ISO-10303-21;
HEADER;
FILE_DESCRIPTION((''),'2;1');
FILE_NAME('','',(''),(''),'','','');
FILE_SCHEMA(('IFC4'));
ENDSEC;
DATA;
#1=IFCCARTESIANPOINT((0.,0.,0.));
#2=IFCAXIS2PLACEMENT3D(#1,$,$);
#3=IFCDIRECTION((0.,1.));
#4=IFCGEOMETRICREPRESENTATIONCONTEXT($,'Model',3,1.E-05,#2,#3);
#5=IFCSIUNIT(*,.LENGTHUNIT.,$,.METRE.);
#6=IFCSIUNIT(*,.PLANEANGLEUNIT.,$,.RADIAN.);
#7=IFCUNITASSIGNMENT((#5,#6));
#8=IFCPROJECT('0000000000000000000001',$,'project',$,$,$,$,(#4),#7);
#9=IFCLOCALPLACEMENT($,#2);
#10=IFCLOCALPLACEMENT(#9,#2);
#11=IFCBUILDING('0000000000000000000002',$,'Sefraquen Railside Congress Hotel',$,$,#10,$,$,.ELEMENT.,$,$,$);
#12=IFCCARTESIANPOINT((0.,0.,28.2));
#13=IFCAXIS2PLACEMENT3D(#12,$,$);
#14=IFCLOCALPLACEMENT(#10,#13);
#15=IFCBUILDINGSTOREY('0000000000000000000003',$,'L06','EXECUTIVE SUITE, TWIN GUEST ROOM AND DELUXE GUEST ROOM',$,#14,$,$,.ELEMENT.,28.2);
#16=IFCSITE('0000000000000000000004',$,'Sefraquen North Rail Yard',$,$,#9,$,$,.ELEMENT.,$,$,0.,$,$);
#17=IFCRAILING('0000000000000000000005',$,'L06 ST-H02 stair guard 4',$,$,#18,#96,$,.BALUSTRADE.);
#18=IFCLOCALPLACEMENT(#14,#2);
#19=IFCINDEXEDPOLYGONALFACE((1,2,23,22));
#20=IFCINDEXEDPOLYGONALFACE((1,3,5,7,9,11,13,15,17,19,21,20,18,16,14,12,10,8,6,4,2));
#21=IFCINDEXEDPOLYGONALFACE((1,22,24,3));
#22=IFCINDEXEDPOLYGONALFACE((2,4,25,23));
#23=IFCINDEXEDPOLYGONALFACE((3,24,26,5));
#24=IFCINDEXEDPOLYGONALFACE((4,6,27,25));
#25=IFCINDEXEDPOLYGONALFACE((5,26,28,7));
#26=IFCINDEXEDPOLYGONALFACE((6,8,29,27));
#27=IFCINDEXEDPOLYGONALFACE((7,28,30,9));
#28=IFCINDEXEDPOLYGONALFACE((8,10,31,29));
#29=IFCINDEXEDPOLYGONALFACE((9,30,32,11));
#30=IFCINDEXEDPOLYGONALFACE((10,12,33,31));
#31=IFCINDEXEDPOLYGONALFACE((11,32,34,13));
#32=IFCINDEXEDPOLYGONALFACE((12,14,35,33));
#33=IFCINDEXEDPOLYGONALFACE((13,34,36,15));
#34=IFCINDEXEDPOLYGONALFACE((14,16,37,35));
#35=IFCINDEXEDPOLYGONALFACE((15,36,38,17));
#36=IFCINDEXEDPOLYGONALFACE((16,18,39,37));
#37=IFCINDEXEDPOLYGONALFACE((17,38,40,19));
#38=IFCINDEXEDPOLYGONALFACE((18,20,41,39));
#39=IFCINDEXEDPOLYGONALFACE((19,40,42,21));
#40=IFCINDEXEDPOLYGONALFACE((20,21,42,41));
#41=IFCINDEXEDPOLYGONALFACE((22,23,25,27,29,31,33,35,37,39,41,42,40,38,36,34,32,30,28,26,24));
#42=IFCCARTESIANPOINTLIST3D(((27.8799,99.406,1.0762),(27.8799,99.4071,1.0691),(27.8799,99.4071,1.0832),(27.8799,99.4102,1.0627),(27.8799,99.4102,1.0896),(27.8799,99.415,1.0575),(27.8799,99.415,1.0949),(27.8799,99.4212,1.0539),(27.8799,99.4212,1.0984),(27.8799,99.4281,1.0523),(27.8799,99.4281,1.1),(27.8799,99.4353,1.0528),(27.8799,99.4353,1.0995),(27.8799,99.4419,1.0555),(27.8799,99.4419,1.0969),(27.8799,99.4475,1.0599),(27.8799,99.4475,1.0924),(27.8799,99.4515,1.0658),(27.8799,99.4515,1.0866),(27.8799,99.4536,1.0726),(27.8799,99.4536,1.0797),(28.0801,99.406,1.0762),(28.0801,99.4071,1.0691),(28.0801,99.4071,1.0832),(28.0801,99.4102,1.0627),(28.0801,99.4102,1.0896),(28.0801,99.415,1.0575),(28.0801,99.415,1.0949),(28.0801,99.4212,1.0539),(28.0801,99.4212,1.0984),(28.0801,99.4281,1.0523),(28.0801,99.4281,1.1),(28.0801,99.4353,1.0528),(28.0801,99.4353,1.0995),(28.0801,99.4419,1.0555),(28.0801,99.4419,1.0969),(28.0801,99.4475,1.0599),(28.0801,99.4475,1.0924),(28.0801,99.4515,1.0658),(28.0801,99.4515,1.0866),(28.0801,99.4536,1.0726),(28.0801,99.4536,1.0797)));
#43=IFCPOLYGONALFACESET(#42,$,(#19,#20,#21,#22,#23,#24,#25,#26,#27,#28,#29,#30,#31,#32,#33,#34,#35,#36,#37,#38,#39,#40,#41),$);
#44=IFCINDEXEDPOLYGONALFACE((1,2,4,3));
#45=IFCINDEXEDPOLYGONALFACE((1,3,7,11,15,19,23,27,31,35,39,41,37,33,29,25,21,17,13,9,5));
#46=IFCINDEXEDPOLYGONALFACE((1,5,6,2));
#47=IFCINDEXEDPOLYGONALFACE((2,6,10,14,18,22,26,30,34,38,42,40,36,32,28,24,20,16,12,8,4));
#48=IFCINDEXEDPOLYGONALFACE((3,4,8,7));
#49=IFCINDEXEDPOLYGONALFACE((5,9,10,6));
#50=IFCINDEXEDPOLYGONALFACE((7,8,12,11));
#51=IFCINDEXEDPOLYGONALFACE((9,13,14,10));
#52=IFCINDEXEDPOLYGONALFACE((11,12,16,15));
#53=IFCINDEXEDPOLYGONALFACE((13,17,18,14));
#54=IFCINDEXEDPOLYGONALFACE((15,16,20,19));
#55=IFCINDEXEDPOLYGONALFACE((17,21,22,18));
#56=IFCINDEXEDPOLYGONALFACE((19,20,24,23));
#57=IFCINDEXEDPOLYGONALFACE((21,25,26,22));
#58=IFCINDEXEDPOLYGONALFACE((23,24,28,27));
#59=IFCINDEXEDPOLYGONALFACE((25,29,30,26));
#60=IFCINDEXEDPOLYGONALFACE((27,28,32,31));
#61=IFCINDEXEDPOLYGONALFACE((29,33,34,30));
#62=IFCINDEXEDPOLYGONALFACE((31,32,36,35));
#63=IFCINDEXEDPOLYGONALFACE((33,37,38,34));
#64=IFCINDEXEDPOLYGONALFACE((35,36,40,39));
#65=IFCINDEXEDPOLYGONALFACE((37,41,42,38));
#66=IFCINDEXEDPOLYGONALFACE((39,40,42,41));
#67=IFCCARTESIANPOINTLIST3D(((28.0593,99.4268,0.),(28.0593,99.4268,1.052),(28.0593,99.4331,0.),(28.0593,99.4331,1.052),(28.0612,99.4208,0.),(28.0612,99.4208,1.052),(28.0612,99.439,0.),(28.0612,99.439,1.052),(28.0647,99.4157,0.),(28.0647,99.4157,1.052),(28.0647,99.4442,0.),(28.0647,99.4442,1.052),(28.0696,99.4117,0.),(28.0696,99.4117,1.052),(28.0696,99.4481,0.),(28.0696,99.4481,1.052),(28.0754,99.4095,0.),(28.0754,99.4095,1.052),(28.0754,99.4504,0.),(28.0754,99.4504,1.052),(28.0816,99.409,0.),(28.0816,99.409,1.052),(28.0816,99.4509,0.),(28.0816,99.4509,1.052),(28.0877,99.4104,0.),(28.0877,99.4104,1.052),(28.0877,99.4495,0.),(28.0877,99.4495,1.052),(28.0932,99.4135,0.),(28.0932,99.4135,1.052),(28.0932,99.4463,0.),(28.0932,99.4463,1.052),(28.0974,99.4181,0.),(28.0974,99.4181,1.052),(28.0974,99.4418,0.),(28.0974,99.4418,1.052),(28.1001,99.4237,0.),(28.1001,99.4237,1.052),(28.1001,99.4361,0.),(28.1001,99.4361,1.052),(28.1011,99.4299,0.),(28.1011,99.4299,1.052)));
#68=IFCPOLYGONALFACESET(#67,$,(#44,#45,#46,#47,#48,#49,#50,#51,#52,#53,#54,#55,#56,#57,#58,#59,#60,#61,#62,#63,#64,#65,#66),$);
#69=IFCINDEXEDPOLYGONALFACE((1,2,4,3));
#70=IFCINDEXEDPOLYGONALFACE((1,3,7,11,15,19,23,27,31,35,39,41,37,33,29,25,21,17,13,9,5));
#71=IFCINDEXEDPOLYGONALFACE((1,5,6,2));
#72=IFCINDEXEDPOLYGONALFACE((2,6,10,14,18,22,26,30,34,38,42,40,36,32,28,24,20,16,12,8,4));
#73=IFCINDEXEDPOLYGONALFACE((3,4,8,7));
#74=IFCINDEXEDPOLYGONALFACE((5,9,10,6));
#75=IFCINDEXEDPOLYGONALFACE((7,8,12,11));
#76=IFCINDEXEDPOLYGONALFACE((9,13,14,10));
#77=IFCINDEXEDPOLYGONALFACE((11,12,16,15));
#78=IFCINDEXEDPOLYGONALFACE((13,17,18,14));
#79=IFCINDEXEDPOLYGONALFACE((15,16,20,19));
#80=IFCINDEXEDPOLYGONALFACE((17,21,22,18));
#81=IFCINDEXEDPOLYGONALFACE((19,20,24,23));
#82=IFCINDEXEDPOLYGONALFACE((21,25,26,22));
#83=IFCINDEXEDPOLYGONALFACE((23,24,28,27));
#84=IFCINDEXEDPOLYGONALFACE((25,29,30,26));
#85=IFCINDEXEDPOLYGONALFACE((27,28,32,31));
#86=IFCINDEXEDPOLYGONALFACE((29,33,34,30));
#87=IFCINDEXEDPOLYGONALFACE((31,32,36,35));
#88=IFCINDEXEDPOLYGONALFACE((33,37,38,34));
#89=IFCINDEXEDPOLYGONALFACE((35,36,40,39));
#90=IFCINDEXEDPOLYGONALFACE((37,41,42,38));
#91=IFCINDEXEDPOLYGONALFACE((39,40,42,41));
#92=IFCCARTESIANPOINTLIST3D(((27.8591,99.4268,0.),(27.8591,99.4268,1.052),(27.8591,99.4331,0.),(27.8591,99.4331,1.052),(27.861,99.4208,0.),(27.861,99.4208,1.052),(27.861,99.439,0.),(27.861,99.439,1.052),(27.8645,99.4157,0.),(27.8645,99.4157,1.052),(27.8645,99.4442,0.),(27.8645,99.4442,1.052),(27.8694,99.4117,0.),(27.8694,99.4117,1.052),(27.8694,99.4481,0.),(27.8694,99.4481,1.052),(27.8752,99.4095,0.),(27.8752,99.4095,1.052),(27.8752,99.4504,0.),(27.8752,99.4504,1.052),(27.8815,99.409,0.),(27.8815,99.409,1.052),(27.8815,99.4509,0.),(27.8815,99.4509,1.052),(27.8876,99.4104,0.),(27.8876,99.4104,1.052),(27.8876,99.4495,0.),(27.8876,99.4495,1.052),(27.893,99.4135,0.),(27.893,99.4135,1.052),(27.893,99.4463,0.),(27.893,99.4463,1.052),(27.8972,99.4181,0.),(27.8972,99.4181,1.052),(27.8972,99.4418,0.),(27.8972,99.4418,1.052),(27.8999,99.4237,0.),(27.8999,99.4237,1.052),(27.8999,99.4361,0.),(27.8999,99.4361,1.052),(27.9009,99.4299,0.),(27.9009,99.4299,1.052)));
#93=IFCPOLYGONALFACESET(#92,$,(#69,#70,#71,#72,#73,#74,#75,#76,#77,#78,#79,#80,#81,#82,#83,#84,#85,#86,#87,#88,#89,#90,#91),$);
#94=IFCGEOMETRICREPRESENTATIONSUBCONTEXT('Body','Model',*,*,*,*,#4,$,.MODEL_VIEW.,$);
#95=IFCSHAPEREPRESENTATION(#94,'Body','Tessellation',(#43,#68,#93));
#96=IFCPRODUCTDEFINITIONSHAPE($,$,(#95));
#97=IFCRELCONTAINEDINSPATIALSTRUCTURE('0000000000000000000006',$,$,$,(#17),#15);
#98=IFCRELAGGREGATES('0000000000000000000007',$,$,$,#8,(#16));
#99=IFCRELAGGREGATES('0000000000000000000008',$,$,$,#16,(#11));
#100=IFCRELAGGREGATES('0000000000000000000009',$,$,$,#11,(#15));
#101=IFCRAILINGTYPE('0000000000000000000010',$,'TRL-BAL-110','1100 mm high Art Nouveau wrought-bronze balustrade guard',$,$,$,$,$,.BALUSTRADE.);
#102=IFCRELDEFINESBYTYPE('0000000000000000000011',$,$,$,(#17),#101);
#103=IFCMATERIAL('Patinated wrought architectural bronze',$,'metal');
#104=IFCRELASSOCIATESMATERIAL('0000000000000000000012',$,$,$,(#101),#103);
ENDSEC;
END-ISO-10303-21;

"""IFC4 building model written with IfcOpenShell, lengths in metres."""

from ifc_helpers import new_model, si_unit, direction, frame, origin, origin_2d, place, context, subcontext, project, spatial, circle, extrude, material, type_object, element, save


model = new_model("IFC4")

# Units and contexts
model_context = context("Model", 3, precision=1e-05, world=origin(), true_north=direction((0.0, 1.0)))
body_context = subcontext(model_context, "Body", "Model", "MODEL_VIEW")
ifc_project = project(units=[si_unit("LENGTHUNIT", "METRE"), si_unit("PLANEANGLEUNIT", "RADIAN")], contexts=[model_context])

# Site, building, storey
site_placement = place(None, origin())
site = spatial("IfcSite", under=ifc_project, at=site_placement, Name="Sefraquen North Rail Yard", CompositionType="ELEMENT", RefElevation=0.0)
building_placement = place(site_placement, origin())
building = spatial("IfcBuilding", under=site, at=building_placement, Name="Sefraquen Railside Congress Hotel", CompositionType="ELEMENT")
storey_placement = place(building_placement, frame((0.0, 0.0, 28.2)))
storey = spatial("IfcBuildingStorey", under=building, at=storey_placement, Name="L06", Description="EXECUTIVE SUITE, TWIN GUEST ROOM AND DELUXE GUEST ROOM", CompositionType="ELEMENT", Elevation=28.2)

# Railing
ifc_material_1 = material(Name="Patinated wrought architectural bronze", Category="metal")
railing_type_1 = type_object("IfcRailingType", Name="TRL-BAL-110", Description="1100 mm high Art Nouveau wrought-bronze balustrade guard", PredefinedType="BALUSTRADE", material=ifc_material_1)
railing_1_placement = place(storey_placement, frame((28.0801, 99.4299, 0.0)))
element("IfcRailing", 1, at=railing_1_placement, inside=storey, type_object=railing_type_1, Name="L06 ST-H02 stair guard 4", PredefinedType="BALUSTRADE", context=body_context, shape_type="SweptSolid", body=[
    extrude(circle(Radius=0.0239, at=origin_2d()), frame((0.0, 0.0, 1.0762), z_axis=(-1.0, 0.0, 0.0), x_axis=(0.0, -1.0, 0.0)), (0.0, 0.0, 1.0), 0.2002),
    extrude(circle(Radius=0.021, at=origin_2d()), origin(), (0.0, 0.0, 1.0), 1.052),
    extrude(circle(Radius=0.021, at=origin_2d()), frame((-0.2002, 0.0, 0.0)), (0.0, 0.0, 1.0), 1.052),
])

save(model, "model.ifc")
